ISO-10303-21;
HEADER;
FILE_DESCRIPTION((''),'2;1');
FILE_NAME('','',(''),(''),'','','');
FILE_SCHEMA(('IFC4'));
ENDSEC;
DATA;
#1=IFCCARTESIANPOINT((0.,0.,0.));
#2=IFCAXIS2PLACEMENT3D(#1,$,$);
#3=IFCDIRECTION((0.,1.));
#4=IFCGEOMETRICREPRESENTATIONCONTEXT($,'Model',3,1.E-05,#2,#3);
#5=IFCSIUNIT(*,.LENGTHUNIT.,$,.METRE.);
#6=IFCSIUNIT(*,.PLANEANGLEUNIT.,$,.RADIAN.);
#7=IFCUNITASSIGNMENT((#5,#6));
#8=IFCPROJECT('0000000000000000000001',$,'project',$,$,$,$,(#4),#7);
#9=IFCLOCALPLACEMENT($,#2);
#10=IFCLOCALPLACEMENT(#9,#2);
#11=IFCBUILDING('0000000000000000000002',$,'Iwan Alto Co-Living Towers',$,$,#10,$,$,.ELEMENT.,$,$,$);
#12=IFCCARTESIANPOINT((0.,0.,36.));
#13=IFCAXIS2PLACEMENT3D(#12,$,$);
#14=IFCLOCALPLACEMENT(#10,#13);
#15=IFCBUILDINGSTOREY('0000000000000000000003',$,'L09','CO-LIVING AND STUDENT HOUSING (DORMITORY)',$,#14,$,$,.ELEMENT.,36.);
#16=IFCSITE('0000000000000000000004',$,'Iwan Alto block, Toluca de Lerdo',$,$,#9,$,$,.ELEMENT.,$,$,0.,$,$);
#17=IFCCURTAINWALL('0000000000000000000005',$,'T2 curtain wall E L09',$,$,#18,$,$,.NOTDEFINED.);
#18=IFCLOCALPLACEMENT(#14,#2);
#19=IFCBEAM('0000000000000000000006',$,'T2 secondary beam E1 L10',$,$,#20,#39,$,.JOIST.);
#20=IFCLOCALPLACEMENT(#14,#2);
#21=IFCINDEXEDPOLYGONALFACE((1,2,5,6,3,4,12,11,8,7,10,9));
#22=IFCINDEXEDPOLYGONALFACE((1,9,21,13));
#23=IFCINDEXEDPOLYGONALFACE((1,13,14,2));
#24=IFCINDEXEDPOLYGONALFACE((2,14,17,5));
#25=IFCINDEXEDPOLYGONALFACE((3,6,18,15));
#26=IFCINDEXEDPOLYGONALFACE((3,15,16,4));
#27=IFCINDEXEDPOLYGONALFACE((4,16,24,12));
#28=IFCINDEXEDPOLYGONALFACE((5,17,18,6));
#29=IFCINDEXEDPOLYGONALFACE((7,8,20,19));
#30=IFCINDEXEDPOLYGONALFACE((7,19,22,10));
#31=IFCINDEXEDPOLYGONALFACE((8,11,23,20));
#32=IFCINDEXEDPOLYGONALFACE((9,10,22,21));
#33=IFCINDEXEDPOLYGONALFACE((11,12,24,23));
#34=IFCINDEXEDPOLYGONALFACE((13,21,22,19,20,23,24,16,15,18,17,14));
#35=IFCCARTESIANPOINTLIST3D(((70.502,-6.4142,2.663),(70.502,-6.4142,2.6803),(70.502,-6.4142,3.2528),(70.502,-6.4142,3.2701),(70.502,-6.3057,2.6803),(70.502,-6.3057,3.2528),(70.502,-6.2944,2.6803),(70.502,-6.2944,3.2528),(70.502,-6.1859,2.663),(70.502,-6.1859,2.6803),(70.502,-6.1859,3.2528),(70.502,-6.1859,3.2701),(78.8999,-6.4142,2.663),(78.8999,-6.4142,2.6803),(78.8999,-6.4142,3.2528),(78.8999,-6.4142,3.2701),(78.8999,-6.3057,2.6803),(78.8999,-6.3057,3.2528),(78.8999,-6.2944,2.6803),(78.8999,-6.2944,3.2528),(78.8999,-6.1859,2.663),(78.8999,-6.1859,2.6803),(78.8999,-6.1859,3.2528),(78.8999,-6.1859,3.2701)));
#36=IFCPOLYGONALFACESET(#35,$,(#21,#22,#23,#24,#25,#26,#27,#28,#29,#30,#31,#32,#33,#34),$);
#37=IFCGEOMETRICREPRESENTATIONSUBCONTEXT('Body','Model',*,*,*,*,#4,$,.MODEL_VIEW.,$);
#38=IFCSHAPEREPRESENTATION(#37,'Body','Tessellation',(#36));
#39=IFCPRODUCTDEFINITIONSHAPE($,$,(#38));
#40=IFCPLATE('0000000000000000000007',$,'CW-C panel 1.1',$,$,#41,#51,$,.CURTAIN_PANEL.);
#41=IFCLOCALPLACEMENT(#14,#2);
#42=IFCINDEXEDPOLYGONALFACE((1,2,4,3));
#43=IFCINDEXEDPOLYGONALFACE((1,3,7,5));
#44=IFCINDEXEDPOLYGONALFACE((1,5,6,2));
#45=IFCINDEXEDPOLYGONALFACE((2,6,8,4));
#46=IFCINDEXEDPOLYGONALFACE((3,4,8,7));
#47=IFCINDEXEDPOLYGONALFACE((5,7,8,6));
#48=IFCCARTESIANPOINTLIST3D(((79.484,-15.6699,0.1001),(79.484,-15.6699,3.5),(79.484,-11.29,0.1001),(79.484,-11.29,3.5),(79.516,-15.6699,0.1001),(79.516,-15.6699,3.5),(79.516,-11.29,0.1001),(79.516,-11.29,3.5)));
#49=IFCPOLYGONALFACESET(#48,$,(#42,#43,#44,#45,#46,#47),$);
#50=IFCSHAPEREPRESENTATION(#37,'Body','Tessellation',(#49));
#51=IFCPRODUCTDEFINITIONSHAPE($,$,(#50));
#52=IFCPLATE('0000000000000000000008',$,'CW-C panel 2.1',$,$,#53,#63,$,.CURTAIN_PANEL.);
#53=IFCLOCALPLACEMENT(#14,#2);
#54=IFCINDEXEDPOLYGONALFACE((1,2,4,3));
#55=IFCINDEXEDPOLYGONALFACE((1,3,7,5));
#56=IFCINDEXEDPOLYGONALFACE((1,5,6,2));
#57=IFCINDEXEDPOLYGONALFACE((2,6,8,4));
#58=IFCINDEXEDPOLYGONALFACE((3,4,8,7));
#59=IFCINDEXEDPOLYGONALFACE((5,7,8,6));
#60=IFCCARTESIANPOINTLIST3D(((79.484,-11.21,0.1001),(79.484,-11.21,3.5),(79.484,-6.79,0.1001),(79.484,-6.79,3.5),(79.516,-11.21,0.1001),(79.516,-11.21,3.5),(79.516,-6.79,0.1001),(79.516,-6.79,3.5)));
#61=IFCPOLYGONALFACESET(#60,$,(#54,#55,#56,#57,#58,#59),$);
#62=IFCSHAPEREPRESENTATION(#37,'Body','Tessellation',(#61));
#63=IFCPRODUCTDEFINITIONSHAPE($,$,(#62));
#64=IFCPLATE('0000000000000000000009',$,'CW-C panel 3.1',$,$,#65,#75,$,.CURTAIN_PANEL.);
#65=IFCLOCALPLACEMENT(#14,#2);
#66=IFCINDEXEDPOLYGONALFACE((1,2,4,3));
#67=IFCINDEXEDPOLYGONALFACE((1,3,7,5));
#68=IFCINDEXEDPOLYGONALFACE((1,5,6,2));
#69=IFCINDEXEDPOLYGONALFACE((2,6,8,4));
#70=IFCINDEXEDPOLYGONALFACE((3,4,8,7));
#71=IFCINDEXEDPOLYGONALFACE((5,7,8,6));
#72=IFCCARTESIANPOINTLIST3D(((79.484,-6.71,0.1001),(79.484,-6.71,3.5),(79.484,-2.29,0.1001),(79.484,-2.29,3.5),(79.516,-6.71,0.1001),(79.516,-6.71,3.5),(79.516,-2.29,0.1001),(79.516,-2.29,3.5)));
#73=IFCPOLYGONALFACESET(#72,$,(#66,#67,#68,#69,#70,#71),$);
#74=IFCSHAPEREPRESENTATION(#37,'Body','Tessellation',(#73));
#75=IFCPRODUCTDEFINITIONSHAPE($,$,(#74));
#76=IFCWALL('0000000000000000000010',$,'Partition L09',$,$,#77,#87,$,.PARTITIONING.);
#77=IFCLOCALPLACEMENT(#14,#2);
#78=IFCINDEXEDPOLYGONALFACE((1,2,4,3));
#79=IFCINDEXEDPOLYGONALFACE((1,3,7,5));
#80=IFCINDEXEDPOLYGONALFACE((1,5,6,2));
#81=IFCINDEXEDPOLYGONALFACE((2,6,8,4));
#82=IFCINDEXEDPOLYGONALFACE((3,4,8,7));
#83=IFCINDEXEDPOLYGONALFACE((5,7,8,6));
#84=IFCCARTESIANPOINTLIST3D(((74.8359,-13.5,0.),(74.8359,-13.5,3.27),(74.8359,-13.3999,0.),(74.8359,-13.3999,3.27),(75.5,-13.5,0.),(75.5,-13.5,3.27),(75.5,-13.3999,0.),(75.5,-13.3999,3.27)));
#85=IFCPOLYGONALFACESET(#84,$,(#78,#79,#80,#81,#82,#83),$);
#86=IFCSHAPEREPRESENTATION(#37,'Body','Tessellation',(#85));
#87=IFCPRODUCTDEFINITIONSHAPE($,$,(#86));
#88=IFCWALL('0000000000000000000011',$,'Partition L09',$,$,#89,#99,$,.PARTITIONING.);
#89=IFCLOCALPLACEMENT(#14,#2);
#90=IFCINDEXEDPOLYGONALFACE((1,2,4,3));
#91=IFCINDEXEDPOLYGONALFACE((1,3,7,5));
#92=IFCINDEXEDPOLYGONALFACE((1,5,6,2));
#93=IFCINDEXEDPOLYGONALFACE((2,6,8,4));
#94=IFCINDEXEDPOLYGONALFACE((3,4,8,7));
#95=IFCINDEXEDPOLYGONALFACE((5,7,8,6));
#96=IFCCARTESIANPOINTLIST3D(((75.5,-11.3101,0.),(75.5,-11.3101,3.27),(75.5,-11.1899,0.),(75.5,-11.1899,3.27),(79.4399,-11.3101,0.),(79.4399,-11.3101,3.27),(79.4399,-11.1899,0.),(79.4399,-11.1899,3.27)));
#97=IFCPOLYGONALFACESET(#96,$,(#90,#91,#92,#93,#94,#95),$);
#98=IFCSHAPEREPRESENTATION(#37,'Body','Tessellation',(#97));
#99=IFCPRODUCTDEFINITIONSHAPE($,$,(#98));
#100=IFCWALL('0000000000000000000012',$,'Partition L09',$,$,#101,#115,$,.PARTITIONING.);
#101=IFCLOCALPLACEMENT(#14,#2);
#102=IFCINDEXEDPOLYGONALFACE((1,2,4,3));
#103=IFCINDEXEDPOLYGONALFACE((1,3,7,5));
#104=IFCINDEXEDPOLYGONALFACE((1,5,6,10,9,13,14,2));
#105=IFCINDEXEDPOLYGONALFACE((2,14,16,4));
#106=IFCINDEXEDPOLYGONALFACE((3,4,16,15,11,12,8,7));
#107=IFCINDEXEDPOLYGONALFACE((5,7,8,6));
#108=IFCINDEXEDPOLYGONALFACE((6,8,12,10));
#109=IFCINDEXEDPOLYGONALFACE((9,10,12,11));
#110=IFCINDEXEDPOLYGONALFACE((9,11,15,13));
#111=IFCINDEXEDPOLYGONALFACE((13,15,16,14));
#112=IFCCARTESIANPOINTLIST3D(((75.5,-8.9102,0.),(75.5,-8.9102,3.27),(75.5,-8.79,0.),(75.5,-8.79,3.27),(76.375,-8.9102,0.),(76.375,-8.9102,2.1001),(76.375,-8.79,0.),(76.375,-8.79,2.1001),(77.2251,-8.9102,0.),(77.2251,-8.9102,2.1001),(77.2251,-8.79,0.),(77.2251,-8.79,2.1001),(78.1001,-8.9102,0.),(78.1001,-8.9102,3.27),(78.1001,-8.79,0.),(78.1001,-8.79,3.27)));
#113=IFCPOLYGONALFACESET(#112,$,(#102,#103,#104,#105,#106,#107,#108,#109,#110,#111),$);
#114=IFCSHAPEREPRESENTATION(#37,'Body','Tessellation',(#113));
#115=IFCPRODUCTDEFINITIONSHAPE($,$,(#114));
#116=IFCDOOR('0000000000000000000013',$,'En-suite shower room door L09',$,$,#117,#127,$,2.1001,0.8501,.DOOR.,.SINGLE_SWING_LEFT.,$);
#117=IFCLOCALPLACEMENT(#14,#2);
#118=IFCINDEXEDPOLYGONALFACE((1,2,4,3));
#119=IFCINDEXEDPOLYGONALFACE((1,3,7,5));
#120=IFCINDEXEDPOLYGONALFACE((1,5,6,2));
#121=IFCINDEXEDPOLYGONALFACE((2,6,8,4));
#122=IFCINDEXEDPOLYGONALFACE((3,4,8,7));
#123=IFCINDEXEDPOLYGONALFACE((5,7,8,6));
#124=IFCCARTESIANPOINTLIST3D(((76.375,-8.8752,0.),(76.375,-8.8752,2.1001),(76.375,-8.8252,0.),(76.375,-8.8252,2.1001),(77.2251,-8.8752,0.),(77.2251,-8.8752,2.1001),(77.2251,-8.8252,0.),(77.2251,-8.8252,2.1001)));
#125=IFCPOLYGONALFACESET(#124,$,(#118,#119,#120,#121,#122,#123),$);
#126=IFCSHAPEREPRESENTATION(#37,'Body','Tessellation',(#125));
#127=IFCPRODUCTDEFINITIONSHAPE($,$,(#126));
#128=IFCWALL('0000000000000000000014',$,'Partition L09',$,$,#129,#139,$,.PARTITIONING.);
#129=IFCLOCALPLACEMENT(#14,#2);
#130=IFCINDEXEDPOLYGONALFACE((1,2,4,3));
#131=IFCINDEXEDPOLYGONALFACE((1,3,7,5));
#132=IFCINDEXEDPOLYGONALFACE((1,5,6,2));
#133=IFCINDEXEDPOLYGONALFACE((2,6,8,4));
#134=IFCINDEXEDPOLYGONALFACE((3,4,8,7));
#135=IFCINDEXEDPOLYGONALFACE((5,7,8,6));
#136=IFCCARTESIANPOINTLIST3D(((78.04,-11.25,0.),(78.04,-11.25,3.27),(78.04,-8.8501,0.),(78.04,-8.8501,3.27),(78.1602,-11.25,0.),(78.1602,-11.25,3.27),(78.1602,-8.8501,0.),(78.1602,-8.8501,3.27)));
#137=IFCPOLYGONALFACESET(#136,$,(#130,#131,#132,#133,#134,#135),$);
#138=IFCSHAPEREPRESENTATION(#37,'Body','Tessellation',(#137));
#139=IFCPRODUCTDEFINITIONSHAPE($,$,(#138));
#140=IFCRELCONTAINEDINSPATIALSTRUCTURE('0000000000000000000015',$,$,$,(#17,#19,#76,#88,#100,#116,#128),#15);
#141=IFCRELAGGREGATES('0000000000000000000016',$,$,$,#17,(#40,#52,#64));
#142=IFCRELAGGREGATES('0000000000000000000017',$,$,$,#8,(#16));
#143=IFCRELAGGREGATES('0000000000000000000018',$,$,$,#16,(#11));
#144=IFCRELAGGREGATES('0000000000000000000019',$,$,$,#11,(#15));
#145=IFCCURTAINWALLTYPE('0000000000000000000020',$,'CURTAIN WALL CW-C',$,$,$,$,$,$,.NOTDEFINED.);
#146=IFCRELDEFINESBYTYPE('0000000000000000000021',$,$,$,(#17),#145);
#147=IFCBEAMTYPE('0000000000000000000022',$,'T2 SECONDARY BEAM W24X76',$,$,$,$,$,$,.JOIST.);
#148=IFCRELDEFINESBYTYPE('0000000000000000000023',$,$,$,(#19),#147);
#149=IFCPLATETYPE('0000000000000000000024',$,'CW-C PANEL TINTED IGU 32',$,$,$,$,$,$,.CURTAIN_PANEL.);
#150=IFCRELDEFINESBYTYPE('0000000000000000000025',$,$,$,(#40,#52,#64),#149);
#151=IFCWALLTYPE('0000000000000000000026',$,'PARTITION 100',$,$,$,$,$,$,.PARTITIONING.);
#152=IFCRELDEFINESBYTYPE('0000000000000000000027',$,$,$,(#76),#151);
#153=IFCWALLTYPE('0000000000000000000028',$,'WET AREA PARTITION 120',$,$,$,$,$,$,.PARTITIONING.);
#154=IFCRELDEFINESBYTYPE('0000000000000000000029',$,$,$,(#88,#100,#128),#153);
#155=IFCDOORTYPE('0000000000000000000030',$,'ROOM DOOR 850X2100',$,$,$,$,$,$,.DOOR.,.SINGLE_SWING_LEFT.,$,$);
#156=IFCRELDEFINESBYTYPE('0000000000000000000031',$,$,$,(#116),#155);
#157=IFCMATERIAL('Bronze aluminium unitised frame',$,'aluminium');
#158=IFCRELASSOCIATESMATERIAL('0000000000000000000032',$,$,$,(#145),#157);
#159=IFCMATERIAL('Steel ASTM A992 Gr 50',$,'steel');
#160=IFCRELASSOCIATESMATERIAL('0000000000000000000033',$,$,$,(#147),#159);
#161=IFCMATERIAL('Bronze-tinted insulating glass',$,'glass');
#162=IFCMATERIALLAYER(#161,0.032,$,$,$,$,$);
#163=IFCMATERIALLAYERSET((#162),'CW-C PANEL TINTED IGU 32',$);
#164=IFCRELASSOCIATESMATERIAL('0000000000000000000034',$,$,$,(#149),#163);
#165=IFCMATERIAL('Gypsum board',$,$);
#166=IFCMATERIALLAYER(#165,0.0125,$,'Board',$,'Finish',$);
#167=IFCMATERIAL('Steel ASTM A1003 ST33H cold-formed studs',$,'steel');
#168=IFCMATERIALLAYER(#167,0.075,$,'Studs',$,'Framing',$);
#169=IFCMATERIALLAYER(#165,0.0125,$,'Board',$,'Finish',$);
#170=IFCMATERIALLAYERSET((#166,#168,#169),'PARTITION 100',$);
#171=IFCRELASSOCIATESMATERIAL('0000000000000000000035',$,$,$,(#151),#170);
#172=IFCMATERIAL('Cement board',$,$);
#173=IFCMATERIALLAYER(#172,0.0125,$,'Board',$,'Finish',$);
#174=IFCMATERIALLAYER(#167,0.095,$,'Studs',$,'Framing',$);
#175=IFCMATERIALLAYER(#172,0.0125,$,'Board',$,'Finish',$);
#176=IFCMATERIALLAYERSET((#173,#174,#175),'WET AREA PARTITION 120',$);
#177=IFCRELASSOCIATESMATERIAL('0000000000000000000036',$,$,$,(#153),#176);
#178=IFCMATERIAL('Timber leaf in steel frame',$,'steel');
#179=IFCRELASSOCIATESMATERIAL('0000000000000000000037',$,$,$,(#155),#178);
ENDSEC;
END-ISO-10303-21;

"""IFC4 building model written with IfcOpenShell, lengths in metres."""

from ifc_helpers import new_model, si_unit, direction, frame, frame_2d, origin, origin_2d, place, context, subcontext, project, spatial, rectangle, i_section, extrude, material, layer, layer_set, material_profile, profile_set, type_object, element, fill, aggregate, save


model = new_model("IFC4")

# Units and contexts
model_context = context("Model", 3, precision=1e-05, world=origin(), true_north=direction((0.0, 1.0)))
body_context = subcontext(model_context, "Body", "Model", "MODEL_VIEW")
ifc_project = project(units=[si_unit("LENGTHUNIT", "METRE"), si_unit("PLANEANGLEUNIT", "RADIAN")], contexts=[model_context])

# Site, building, storey
site_placement = place(None, origin())
site = spatial("IfcSite", under=ifc_project, at=site_placement, Name="Iwan Alto block, Toluca de Lerdo", CompositionType="ELEMENT", RefElevation=0.0)
building_placement = place(site_placement, origin())
building = spatial("IfcBuilding", under=site, at=building_placement, Name="Iwan Alto Co-Living Towers", CompositionType="ELEMENT")
storey_placement = place(building_placement, frame((0.0, 0.0, 36.0)))
storey = spatial("IfcBuildingStorey", under=building, at=storey_placement, Name="L09", Description="CO-LIVING AND STUDENT HOUSING (DORMITORY)", CompositionType="ELEMENT", Elevation=36.0)

# Curtain wall
ifc_material_1 = material(Name="Bronze aluminium unitised frame", Category="aluminium")
curtain_wall_type = type_object("IfcCurtainWallType", Name="CURTAIN WALL CW-C", PredefinedType="NOTDEFINED", material=ifc_material_1)
curtain_wall_placement = place(storey_placement, origin())
curtain_wall = element("IfcCurtainWall", 1, at=curtain_wall_placement, inside=storey, type_object=curtain_wall_type, Name="T2 curtain wall E L09", PredefinedType="NOTDEFINED")

# Beam
ifc_material_2 = material(Name="Steel ASTM A992 Gr 50", Category="steel")
ifc_material_profile_1 = material_profile(ifc_material_2, i_section(OverallWidth=0.2283, OverallDepth=0.6072, WebThickness=0.0112, FlangeThickness=0.0173, at=origin_2d()), Name="W24X76")
ifc_profile_set_1 = profile_set([ifc_material_profile_1], Name="Steel ASTM A992 Gr 50")
beam_type_1 = type_object("IfcBeamType", Name="T2 SECONDARY BEAM W24X76", PredefinedType="JOIST", material=ifc_profile_set_1)
beam_1_placement = place(storey_placement, frame((78.8999, -6.3, 2.9666), z_axis=(-1.0, 0.0, 0.0), x_axis=(0.0, -1.0, 0.0)))
element("IfcBeam", 2, at=beam_1_placement, inside=storey, type_object=beam_type_1, Name="T2 secondary beam E1 L10", PredefinedType="JOIST", context=body_context, shape_type="SweptSolid", body=[
    extrude(i_section(OverallWidth=0.2283, OverallDepth=0.6072, WebThickness=0.0112, FlangeThickness=0.0173, at=origin_2d()), origin(), (0.0, 0.0, 1.0), 8.3979),
])

# Plates
ifc_material_3 = material(Name="Bronze-tinted insulating glass", Category="glass")
ifc_layer_1 = layer(ifc_material_3, 0.032)
ifc_layer_set_1 = layer_set([ifc_layer_1], Name="CW-C PANEL TINTED IGU 32")
plate_type = type_object("IfcPlateType", Name="CW-C PANEL TINTED IGU 32", PredefinedType="CURTAIN_PANEL", material=ifc_layer_set_1)
plate_1_placement = place(storey_placement, frame((79.5, -13.48, 0.1001), z_axis=(0.0, 0.0, 1.0), x_axis=(0.0, 1.0, 0.0)))
plate_1 = element("IfcPlate", 3, at=plate_1_placement, type_object=plate_type, Name="CW-C panel 1.1", PredefinedType="CURTAIN_PANEL", context=body_context, shape_type="SweptSolid", body=[
    extrude(rectangle(XDim=4.3799, YDim=0.032, at=origin_2d()), origin(), (0.0, 0.0, 1.0), 3.3999),
])
plate_2_placement = place(storey_placement, frame((79.5, -9.0, 0.1001), z_axis=(0.0, 0.0, 1.0), x_axis=(0.0, 1.0, 0.0)))
plate_2 = element("IfcPlate", 4, at=plate_2_placement, type_object=plate_type, Name="CW-C panel 2.1", PredefinedType="CURTAIN_PANEL", context=body_context, shape_type="SweptSolid", body=[
    extrude(rectangle(XDim=4.4199, YDim=0.032, at=origin_2d()), origin(), (0.0, 0.0, 1.0), 3.3999),
])
plate_3_placement = place(storey_placement, frame((79.5, -4.5, 0.1001), z_axis=(0.0, 0.0, 1.0), x_axis=(0.0, 1.0, 0.0)))
plate_3 = element("IfcPlate", 5, at=plate_3_placement, type_object=plate_type, Name="CW-C panel 3.1", PredefinedType="CURTAIN_PANEL", context=body_context, shape_type="SweptSolid", body=[
    extrude(rectangle(XDim=4.4199, YDim=0.032, at=origin_2d()), origin(), (0.0, 0.0, 1.0), 3.3999),
])
aggregate(curtain_wall, [plate_1, plate_2, plate_3])

# Walls
ifc_material_4 = material(Name="Gypsum board")
ifc_layer_2 = layer(ifc_material_4, 0.0125, Name="Board", Category="Finish")
ifc_material_5 = material(Name="Steel ASTM A1003 ST33H cold-formed studs", Category="steel")
ifc_layer_3 = layer(ifc_material_5, 0.075, Name="Studs", Category="Framing")
ifc_layer_4 = layer(ifc_material_4, 0.0125, Name="Board", Category="Finish")
ifc_layer_set_2 = layer_set([ifc_layer_2, ifc_layer_3, ifc_layer_4], Name="PARTITION 100")
wall_type_1 = type_object("IfcWallType", Name="PARTITION 100", PredefinedType="PARTITIONING", material=ifc_layer_set_2)
wall_1_placement = place(storey_placement, frame((74.8359, -13.45, 0.0), z_axis=(0.0, 0.0, 1.0), x_axis=(1.0, 0.0, 0.0)))
element("IfcWall", 6, at=wall_1_placement, inside=storey, type_object=wall_type_1, Name="Partition L09", PredefinedType="PARTITIONING", context=body_context, shape_type="SweptSolid", body=[
    extrude(rectangle(XDim=0.6641, YDim=0.1001, at=frame_2d((0.332, 0.0))), origin(), (0.0, 0.0, 1.0), 3.27),
])
ifc_material_6 = material(Name="Cement board")
ifc_layer_5 = layer(ifc_material_6, 0.0125, Name="Board", Category="Finish")
ifc_layer_6 = layer(ifc_material_5, 0.095, Name="Studs", Category="Framing")
ifc_layer_7 = layer(ifc_material_6, 0.0125, Name="Board", Category="Finish")
ifc_layer_set_3 = layer_set([ifc_layer_5, ifc_layer_6, ifc_layer_7], Name="WET AREA PARTITION 120")
wall_type_2 = type_object("IfcWallType", Name="WET AREA PARTITION 120", PredefinedType="PARTITIONING", material=ifc_layer_set_3)
wall_2_placement = place(storey_placement, frame((75.5, -11.25, 0.0), z_axis=(0.0, 0.0, 1.0), x_axis=(1.0, 0.0, 0.0)))
element("IfcWall", 7, at=wall_2_placement, inside=storey, type_object=wall_type_2, Name="Partition L09", PredefinedType="PARTITIONING", context=body_context, shape_type="SweptSolid", body=[
    extrude(rectangle(XDim=3.9399, YDim=0.1201, at=frame_2d((1.97, 0.0))), origin(), (0.0, 0.0, 1.0), 3.27),
])

# Wall, opening, door
wall_3_placement = place(storey_placement, frame((75.5, -8.8501, 0.0), z_axis=(0.0, 0.0, 1.0), x_axis=(1.0, 0.0, 0.0)))
wall_3 = element("IfcWall", 8, at=wall_3_placement, inside=storey, type_object=wall_type_2, Name="Partition L09", PredefinedType="PARTITIONING", context=body_context, shape_type="SweptSolid", body=[
    extrude(rectangle(XDim=2.6001, YDim=0.1201, at=frame_2d((1.3, 0.0))), origin(), (0.0, 0.0, 1.0), 3.27),
])
opening_1_placement = place(wall_3_placement, frame((0.875, 0.0, 0.0)))
opening_1 = element("IfcOpeningElement", 9, at=opening_1_placement, cuts=wall_3, PredefinedType="OPENING", context=body_context, shape_type="SweptSolid", body=[
    extrude(rectangle(XDim=0.8501, YDim=2.1001, at=frame_2d((0.425, 1.05))), frame((0.0, 0.0701, 0.0), z_axis=(0.0, -1.0, 0.0), x_axis=(1.0, 0.0, 0.0)), (0.0, 0.0, 1.0), 0.1401),
])
ifc_material_7 = material(Name="Timber leaf in steel frame", Category="steel")
door_type = type_object("IfcDoorType", Name="ROOM DOOR 850X2100", OperationType="SINGLE_SWING_LEFT", PredefinedType="DOOR", material=ifc_material_7)
door_1_placement = place(opening_1_placement, origin())
door_1 = element("IfcDoor", 10, at=door_1_placement, inside=storey, type_object=door_type, Name="En-suite shower room door L09", OperationType="SINGLE_SWING_LEFT", OverallHeight=2.1001, OverallWidth=0.8501, PredefinedType="DOOR", context=body_context, shape_type="SweptSolid", body=[
    extrude(rectangle(XDim=0.8501, YDim=2.1001, at=frame_2d((0.425, 1.05))), frame((0.0, 0.0249, 0.0), z_axis=(0.0, -1.0, 0.0), x_axis=(1.0, 0.0, 0.0)), (0.0, 0.0, 1.0), 0.05),
])
fill(opening_1, door_1)

# Wall
wall_4_placement = place(storey_placement, frame((78.1001, -11.25, 0.0), z_axis=(0.0, 0.0, 1.0), x_axis=(0.0, 1.0, 0.0)))
element("IfcWall", 11, at=wall_4_placement, inside=storey, type_object=wall_type_2, Name="Partition L09", PredefinedType="PARTITIONING", context=body_context, shape_type="SweptSolid", body=[
    extrude(rectangle(XDim=2.3999, YDim=0.1201, at=frame_2d((1.2, 0.0))), origin(), (0.0, 0.0, 1.0), 3.27),
])

save(model, "model.ifc")
